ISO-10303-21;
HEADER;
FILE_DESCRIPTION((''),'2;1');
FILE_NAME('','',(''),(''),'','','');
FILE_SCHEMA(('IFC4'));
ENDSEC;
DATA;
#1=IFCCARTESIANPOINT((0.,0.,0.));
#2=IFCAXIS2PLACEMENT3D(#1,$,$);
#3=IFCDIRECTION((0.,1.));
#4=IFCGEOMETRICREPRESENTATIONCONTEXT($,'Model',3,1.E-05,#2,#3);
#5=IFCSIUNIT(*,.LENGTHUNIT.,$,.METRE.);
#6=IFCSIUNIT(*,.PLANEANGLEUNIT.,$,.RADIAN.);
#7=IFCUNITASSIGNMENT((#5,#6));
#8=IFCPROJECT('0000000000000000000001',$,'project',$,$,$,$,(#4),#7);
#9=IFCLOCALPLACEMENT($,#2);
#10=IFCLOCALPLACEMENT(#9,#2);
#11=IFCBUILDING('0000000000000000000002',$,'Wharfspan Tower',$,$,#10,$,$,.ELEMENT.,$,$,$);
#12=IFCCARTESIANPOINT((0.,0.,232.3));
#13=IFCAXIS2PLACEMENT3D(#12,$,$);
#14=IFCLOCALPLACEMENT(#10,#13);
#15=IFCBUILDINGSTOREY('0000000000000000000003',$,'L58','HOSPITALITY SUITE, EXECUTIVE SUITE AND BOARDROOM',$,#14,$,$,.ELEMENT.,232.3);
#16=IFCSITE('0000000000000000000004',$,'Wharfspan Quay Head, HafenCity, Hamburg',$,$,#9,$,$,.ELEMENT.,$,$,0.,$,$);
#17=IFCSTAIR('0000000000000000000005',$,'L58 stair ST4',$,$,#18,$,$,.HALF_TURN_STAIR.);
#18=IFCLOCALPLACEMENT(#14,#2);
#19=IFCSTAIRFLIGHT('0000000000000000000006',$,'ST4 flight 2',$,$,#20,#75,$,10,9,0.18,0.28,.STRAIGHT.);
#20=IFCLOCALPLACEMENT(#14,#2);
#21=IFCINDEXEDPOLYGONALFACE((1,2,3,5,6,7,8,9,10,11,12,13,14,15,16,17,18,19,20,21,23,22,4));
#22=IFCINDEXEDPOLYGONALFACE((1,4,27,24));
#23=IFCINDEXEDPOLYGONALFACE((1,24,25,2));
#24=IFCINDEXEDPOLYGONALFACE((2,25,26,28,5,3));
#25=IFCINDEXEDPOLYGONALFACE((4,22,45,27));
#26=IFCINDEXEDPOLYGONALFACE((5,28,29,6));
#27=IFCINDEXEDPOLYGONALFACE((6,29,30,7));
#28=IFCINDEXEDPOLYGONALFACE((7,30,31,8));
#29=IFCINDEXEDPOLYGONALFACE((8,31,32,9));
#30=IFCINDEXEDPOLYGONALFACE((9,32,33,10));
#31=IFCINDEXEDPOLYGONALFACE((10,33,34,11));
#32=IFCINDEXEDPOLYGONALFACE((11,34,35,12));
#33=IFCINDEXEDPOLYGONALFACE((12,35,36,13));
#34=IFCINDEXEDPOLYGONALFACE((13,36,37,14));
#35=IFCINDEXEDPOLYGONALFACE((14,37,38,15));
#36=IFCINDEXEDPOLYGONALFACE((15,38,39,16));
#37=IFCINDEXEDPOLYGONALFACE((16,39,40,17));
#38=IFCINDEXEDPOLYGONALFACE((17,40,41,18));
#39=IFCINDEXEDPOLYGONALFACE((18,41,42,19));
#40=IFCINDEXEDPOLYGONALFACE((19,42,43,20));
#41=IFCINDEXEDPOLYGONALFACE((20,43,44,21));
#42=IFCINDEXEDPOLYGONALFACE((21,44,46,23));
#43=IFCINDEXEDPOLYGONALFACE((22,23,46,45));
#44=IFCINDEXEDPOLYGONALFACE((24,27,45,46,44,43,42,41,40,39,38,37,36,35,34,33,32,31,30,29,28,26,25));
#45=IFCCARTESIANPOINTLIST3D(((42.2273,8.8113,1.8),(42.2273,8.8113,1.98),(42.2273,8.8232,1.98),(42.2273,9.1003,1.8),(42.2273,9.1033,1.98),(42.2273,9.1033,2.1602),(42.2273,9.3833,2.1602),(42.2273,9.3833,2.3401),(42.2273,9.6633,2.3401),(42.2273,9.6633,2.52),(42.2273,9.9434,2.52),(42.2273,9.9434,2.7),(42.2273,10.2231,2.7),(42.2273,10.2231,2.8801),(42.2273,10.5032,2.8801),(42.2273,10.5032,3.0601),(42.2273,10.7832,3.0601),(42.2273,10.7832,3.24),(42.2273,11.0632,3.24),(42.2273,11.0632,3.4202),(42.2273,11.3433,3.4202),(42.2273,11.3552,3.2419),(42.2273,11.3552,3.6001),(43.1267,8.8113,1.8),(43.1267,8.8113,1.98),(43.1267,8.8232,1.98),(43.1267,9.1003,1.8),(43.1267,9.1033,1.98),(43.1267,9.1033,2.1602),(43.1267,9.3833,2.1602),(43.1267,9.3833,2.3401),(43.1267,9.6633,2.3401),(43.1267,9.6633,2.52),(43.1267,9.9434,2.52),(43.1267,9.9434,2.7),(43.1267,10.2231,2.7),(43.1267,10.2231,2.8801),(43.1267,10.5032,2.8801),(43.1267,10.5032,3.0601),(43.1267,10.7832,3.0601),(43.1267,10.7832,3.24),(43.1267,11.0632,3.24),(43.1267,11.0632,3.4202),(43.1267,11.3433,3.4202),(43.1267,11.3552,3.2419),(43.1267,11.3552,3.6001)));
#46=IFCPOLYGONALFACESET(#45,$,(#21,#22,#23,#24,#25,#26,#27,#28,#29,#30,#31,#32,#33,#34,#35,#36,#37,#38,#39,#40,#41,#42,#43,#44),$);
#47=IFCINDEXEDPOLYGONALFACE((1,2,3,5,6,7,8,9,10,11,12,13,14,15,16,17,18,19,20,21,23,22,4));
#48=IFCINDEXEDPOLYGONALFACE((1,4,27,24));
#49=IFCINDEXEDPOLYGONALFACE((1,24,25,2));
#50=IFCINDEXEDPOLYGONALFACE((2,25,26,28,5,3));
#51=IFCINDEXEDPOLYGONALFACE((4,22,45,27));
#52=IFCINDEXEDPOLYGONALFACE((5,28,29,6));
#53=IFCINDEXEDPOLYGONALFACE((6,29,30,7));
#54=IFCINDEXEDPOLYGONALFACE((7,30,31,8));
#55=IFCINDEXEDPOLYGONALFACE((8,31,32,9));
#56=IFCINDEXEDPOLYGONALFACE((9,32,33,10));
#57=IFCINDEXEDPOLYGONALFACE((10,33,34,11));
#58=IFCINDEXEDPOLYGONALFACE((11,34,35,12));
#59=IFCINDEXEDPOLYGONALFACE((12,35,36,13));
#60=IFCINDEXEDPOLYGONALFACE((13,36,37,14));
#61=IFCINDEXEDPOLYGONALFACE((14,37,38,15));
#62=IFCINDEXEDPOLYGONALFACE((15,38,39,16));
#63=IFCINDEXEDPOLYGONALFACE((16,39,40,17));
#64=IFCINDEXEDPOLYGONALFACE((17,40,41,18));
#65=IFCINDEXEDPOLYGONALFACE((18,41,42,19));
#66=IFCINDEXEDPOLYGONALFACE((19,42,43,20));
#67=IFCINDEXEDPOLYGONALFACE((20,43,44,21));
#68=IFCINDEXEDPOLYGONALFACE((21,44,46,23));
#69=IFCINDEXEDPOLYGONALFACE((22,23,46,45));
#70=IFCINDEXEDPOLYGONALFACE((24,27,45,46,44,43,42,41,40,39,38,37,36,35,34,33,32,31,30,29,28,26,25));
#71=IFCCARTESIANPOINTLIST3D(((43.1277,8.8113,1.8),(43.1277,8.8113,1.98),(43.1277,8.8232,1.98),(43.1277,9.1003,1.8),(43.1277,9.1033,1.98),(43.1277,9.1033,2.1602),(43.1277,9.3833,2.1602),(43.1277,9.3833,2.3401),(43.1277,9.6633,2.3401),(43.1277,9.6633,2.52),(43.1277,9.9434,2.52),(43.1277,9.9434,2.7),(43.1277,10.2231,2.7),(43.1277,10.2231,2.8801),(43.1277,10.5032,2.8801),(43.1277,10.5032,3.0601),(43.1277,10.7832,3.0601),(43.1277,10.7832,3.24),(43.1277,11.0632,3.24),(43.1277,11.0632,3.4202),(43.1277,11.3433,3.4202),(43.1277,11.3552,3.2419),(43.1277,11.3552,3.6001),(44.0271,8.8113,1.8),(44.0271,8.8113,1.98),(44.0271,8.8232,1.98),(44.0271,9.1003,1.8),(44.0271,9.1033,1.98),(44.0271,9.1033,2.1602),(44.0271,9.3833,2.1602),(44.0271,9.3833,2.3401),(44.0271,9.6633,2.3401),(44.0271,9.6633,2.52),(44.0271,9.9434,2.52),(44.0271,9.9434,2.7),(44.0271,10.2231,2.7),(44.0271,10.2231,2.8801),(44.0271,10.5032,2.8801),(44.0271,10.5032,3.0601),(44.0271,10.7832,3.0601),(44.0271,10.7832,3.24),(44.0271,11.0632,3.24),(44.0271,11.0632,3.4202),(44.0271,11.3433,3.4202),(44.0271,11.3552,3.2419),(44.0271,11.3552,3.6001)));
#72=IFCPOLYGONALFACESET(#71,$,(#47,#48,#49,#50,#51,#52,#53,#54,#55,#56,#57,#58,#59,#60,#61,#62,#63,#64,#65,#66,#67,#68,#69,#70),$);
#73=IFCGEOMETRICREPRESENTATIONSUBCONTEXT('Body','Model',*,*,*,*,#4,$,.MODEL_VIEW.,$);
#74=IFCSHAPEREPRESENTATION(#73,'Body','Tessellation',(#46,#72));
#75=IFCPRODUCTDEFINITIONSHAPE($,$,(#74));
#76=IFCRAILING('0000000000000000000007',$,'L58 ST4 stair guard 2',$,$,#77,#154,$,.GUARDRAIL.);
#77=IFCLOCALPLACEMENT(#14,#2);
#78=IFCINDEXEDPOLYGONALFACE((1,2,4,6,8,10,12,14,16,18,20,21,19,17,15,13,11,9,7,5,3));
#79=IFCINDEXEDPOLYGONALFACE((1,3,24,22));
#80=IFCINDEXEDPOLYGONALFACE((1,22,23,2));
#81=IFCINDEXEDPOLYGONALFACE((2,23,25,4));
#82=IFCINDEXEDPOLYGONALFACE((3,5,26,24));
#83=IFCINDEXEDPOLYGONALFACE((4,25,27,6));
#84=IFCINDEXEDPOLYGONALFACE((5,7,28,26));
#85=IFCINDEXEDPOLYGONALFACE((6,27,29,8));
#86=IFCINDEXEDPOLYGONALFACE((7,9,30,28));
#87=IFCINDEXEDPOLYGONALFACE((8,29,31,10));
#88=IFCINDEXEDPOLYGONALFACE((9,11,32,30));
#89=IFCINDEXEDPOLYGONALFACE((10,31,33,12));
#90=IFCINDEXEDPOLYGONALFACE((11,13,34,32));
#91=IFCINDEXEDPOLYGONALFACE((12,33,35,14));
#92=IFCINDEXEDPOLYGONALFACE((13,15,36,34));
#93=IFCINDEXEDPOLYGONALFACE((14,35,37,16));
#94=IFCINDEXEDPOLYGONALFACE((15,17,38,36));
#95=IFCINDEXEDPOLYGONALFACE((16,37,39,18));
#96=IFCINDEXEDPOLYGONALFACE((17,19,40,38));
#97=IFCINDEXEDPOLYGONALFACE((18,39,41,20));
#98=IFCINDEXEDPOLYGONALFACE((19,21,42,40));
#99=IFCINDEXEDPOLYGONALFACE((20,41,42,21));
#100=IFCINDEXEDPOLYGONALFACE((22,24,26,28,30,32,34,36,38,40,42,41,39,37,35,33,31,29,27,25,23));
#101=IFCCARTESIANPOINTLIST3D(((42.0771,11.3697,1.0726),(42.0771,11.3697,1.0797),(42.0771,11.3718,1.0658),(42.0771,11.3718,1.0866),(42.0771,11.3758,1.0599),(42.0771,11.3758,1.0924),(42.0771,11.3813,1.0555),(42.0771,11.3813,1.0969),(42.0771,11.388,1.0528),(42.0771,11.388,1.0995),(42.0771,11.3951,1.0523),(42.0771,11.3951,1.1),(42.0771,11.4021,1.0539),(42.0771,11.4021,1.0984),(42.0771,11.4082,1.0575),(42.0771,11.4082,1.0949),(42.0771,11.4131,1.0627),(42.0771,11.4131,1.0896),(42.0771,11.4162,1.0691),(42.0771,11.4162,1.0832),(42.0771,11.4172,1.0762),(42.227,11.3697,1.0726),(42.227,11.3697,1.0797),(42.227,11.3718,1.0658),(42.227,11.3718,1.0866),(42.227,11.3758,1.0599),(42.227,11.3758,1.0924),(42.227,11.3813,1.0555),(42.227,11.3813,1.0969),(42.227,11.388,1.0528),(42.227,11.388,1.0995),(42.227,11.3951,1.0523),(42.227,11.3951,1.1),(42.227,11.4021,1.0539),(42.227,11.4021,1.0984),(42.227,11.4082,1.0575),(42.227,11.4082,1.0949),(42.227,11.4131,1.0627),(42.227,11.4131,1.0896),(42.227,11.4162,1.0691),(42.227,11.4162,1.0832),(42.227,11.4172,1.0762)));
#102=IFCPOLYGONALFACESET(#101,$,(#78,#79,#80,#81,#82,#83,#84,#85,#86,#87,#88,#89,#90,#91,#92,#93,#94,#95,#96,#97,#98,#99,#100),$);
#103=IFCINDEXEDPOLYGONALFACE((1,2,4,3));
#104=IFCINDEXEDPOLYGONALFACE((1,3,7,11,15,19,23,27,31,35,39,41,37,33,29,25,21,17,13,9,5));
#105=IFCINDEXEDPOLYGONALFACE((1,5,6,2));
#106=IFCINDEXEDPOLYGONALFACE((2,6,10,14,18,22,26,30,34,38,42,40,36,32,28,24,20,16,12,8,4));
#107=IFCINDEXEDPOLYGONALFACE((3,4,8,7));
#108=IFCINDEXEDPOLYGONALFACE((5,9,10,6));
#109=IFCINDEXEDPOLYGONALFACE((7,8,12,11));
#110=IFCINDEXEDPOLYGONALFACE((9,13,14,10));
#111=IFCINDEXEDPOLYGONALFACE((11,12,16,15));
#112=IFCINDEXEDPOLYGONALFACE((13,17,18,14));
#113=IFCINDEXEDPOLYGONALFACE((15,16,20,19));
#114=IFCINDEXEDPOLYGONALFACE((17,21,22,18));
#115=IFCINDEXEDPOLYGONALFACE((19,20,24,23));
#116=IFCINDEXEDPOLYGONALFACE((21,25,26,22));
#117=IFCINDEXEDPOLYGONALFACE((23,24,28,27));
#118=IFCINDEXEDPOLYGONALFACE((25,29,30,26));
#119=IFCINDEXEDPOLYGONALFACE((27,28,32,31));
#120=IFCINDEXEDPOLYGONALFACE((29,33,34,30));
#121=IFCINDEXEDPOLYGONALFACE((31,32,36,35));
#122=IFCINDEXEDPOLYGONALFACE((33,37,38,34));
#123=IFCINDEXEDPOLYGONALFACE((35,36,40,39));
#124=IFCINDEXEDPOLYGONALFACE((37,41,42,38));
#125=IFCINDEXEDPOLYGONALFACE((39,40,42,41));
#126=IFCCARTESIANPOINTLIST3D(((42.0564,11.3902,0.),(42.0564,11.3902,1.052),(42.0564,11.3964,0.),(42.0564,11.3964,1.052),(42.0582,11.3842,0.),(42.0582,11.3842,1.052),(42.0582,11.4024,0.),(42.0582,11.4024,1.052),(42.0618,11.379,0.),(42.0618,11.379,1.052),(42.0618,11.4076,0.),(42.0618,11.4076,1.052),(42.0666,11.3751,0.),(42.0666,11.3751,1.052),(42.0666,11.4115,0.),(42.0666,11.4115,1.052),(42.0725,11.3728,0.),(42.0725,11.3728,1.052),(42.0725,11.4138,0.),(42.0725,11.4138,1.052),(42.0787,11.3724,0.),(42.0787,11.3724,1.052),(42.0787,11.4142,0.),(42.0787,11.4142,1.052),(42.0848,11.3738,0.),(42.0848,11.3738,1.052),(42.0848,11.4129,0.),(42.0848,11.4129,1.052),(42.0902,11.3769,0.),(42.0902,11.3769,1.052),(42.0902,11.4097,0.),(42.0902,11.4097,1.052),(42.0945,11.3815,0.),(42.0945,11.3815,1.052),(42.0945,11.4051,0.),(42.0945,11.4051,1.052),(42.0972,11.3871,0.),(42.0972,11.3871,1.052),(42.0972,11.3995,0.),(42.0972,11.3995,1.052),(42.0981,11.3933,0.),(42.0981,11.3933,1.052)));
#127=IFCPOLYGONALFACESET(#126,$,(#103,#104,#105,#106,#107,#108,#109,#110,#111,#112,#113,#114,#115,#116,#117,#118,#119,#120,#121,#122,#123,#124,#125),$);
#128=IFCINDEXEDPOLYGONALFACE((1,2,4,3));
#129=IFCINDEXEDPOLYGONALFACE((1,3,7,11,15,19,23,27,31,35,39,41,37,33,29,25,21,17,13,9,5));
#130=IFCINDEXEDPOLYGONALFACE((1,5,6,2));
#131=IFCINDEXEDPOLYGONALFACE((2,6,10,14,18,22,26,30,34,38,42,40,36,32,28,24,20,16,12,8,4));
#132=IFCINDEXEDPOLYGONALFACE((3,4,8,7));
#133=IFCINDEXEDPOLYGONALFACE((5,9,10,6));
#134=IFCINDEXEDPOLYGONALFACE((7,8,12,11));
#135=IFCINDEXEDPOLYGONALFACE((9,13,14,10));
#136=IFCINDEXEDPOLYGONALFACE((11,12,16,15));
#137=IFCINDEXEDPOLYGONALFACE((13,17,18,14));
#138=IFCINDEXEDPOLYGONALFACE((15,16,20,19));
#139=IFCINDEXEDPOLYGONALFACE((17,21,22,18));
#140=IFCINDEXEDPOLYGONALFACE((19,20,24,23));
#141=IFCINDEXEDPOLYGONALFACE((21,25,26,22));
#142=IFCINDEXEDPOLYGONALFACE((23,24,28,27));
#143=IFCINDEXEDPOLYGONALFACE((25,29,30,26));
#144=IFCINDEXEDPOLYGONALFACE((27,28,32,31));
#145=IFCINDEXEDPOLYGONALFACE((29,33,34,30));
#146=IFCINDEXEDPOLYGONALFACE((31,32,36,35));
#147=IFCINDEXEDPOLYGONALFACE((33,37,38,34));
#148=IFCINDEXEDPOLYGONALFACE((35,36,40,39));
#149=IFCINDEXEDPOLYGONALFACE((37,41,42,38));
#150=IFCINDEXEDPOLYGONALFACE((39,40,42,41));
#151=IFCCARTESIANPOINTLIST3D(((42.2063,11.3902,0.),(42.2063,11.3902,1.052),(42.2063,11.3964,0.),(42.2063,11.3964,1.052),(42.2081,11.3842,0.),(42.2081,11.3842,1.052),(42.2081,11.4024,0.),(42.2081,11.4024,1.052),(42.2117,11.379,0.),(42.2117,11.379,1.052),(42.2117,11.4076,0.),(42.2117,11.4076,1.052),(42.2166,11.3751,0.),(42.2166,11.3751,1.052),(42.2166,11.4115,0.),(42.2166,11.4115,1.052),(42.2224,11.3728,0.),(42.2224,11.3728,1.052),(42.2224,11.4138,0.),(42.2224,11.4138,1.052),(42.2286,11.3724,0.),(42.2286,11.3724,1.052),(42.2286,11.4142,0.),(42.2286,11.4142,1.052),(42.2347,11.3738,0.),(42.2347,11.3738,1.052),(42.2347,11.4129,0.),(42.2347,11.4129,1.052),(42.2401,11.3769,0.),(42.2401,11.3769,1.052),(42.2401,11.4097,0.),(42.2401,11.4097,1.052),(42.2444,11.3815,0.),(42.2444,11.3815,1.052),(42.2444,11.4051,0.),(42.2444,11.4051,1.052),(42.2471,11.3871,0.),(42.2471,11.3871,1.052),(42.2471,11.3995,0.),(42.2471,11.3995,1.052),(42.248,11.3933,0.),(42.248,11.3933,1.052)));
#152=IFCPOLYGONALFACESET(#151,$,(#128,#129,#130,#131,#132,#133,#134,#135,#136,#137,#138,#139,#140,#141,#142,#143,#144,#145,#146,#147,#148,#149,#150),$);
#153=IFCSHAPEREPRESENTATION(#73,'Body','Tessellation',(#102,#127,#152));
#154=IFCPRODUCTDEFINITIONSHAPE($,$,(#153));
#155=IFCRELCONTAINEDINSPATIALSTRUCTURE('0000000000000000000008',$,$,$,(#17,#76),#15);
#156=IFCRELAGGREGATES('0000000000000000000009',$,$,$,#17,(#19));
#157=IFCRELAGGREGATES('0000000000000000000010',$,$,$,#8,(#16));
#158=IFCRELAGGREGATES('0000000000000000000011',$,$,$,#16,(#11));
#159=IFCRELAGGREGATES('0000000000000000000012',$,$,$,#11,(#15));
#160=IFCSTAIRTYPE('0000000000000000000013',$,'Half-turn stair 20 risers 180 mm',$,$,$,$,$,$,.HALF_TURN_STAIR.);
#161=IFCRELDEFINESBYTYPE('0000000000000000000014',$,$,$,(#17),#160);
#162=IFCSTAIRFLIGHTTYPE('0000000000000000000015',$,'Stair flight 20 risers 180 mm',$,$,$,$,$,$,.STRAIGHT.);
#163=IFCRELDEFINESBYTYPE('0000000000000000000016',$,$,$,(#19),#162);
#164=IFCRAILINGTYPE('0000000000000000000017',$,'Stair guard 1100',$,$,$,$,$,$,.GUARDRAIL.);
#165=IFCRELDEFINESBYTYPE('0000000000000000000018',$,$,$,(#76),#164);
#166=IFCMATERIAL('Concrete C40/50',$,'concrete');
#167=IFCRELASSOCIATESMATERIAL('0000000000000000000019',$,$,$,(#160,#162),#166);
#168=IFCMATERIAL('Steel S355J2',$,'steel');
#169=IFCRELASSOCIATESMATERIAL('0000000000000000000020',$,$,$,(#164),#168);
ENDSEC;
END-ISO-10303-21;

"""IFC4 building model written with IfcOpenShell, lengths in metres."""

from ifc_helpers import new_model, si_unit, direction, frame, origin, origin_2d, place, context, subcontext, project, spatial, polyline, circle, outline, extrude, material, type_object, element, aggregate, save


model = new_model("IFC4")

# Units and contexts
model_context = context("Model", 3, precision=1e-05, world=origin(), true_north=direction((0.0, 1.0)))
body_context = subcontext(model_context, "Body", "Model", "MODEL_VIEW")
ifc_project = project(units=[si_unit("LENGTHUNIT", "METRE"), si_unit("PLANEANGLEUNIT", "RADIAN")], contexts=[model_context])

# Site, building, storey
site_placement = place(None, origin())
site = spatial("IfcSite", under=ifc_project, at=site_placement, Name="Wharfspan Quay Head, HafenCity, Hamburg", CompositionType="ELEMENT", RefElevation=0.0)
building_placement = place(site_placement, origin())
building = spatial("IfcBuilding", under=site, at=building_placement, Name="Wharfspan Tower", CompositionType="ELEMENT")
storey_placement = place(building_placement, frame((0.0, 0.0, 232.3)))
storey = spatial("IfcBuildingStorey", under=building, at=storey_placement, Name="L58", Description="HOSPITALITY SUITE, EXECUTIVE SUITE AND BOARDROOM", CompositionType="ELEMENT", Elevation=232.3)

# Shared definitions
ifc_material_1 = material(Name="Steel S355J2", Category="steel")

# Shared definitions
ifc_material_2 = material(Name="Concrete C40/50", Category="concrete")

# Stair, stair flight
stair_type = type_object("IfcStairType", Name="Half-turn stair 20 risers 180 mm", PredefinedType="HALF_TURN_STAIR", material=ifc_material_2)
stair_placement = place(storey_placement, origin())
stair = element("IfcStair", 1, at=stair_placement, inside=storey, type_object=stair_type, Name="L58 stair ST4", PredefinedType="HALF_TURN_STAIR")
stair_flight_type = type_object("IfcStairFlightType", Name="Stair flight 20 risers 180 mm", PredefinedType="STRAIGHT", material=ifc_material_2)
stair_flight_1_placement = place(storey_placement, frame((43.1272, 8.8232, 1.8), z_axis=(0.0, 0.0, 1.0), x_axis=(0.0, 1.0, 0.0)))
stair_flight_1 = element("IfcStairFlight", 2, at=stair_flight_1_placement, type_object=stair_flight_type, Name="ST4 flight 2", NumberOfRisers=10, NumberOfTreads=9, PredefinedType="STRAIGHT", RiserHeight=0.18, TreadLength=0.28, context=body_context, shape_type="SweptSolid", body=[
    extrude(outline(polyline([(-0.012, 0.0), (-0.012, 0.1799), (0.0, 0.1799), (0.28, 0.1799), (0.28, 0.3601), (0.5601, 0.3601), (0.5601, 0.54), (0.8401, 0.54), (0.8401, 0.72), (1.1201, 0.72), (1.1201, 0.8999), (1.3999, 0.8999), (1.3999, 1.0801), (1.6799, 1.0801), (1.6799, 1.26), (1.96, 1.26), (1.96, 1.4399), (2.24, 1.4399), (2.24, 1.6201), (2.52, 1.6201), (2.532, 1.8), (2.532, 1.4419), (0.2771, 0.0), (-0.012, 0.0)])), frame((0.0, 0.8999, 0.0), z_axis=(0.0, -1.0, 0.0), x_axis=(1.0, 0.0, 0.0)), (0.0, 0.0, 1.0), 0.8994),
    extrude(outline(polyline([(-0.012, 0.0), (-0.012, 0.1799), (0.0, 0.1799), (0.28, 0.1799), (0.28, 0.3601), (0.5601, 0.3601), (0.5601, 0.54), (0.8401, 0.54), (0.8401, 0.72), (1.1201, 0.72), (1.1201, 0.8999), (1.3999, 0.8999), (1.3999, 1.0801), (1.6799, 1.0801), (1.6799, 1.26), (1.96, 1.26), (1.96, 1.4399), (2.24, 1.4399), (2.24, 1.6201), (2.52, 1.6201), (2.532, 1.8), (2.532, 1.4419), (0.2771, 0.0), (-0.012, 0.0)])), frame((0.0, -0.0005, 0.0), z_axis=(0.0, -1.0, 0.0), x_axis=(1.0, 0.0, 0.0)), (0.0, 0.0, 1.0), 0.8994),
])
aggregate(stair, [stair_flight_1])

# Railing
railing_type_1 = type_object("IfcRailingType", Name="Stair guard 1100", PredefinedType="GUARDRAIL", material=ifc_material_1)
railing_1_placement = place(storey_placement, frame((42.0771, 11.3933, 0.0)))
element("IfcRailing", 3, at=railing_1_placement, inside=storey, type_object=railing_type_1, Name="L58 ST4 stair guard 2", PredefinedType="GUARDRAIL", context=body_context, shape_type="SweptSolid", body=[
    extrude(circle(Radius=0.0239, at=origin_2d()), frame((0.0, 0.0, 1.0762), z_axis=(1.0, 0.0, 0.0), x_axis=(0.0, 1.0, 0.0)), (0.0, 0.0, 1.0), 0.1499),
    extrude(circle(Radius=0.021, at=origin_2d()), origin(), (0.0, 0.0, 1.0), 1.052),
    extrude(circle(Radius=0.021, at=origin_2d()), frame((0.1499, 0.0, 0.0)), (0.0, 0.0, 1.0), 1.052),
])

save(model, "model.ifc")
